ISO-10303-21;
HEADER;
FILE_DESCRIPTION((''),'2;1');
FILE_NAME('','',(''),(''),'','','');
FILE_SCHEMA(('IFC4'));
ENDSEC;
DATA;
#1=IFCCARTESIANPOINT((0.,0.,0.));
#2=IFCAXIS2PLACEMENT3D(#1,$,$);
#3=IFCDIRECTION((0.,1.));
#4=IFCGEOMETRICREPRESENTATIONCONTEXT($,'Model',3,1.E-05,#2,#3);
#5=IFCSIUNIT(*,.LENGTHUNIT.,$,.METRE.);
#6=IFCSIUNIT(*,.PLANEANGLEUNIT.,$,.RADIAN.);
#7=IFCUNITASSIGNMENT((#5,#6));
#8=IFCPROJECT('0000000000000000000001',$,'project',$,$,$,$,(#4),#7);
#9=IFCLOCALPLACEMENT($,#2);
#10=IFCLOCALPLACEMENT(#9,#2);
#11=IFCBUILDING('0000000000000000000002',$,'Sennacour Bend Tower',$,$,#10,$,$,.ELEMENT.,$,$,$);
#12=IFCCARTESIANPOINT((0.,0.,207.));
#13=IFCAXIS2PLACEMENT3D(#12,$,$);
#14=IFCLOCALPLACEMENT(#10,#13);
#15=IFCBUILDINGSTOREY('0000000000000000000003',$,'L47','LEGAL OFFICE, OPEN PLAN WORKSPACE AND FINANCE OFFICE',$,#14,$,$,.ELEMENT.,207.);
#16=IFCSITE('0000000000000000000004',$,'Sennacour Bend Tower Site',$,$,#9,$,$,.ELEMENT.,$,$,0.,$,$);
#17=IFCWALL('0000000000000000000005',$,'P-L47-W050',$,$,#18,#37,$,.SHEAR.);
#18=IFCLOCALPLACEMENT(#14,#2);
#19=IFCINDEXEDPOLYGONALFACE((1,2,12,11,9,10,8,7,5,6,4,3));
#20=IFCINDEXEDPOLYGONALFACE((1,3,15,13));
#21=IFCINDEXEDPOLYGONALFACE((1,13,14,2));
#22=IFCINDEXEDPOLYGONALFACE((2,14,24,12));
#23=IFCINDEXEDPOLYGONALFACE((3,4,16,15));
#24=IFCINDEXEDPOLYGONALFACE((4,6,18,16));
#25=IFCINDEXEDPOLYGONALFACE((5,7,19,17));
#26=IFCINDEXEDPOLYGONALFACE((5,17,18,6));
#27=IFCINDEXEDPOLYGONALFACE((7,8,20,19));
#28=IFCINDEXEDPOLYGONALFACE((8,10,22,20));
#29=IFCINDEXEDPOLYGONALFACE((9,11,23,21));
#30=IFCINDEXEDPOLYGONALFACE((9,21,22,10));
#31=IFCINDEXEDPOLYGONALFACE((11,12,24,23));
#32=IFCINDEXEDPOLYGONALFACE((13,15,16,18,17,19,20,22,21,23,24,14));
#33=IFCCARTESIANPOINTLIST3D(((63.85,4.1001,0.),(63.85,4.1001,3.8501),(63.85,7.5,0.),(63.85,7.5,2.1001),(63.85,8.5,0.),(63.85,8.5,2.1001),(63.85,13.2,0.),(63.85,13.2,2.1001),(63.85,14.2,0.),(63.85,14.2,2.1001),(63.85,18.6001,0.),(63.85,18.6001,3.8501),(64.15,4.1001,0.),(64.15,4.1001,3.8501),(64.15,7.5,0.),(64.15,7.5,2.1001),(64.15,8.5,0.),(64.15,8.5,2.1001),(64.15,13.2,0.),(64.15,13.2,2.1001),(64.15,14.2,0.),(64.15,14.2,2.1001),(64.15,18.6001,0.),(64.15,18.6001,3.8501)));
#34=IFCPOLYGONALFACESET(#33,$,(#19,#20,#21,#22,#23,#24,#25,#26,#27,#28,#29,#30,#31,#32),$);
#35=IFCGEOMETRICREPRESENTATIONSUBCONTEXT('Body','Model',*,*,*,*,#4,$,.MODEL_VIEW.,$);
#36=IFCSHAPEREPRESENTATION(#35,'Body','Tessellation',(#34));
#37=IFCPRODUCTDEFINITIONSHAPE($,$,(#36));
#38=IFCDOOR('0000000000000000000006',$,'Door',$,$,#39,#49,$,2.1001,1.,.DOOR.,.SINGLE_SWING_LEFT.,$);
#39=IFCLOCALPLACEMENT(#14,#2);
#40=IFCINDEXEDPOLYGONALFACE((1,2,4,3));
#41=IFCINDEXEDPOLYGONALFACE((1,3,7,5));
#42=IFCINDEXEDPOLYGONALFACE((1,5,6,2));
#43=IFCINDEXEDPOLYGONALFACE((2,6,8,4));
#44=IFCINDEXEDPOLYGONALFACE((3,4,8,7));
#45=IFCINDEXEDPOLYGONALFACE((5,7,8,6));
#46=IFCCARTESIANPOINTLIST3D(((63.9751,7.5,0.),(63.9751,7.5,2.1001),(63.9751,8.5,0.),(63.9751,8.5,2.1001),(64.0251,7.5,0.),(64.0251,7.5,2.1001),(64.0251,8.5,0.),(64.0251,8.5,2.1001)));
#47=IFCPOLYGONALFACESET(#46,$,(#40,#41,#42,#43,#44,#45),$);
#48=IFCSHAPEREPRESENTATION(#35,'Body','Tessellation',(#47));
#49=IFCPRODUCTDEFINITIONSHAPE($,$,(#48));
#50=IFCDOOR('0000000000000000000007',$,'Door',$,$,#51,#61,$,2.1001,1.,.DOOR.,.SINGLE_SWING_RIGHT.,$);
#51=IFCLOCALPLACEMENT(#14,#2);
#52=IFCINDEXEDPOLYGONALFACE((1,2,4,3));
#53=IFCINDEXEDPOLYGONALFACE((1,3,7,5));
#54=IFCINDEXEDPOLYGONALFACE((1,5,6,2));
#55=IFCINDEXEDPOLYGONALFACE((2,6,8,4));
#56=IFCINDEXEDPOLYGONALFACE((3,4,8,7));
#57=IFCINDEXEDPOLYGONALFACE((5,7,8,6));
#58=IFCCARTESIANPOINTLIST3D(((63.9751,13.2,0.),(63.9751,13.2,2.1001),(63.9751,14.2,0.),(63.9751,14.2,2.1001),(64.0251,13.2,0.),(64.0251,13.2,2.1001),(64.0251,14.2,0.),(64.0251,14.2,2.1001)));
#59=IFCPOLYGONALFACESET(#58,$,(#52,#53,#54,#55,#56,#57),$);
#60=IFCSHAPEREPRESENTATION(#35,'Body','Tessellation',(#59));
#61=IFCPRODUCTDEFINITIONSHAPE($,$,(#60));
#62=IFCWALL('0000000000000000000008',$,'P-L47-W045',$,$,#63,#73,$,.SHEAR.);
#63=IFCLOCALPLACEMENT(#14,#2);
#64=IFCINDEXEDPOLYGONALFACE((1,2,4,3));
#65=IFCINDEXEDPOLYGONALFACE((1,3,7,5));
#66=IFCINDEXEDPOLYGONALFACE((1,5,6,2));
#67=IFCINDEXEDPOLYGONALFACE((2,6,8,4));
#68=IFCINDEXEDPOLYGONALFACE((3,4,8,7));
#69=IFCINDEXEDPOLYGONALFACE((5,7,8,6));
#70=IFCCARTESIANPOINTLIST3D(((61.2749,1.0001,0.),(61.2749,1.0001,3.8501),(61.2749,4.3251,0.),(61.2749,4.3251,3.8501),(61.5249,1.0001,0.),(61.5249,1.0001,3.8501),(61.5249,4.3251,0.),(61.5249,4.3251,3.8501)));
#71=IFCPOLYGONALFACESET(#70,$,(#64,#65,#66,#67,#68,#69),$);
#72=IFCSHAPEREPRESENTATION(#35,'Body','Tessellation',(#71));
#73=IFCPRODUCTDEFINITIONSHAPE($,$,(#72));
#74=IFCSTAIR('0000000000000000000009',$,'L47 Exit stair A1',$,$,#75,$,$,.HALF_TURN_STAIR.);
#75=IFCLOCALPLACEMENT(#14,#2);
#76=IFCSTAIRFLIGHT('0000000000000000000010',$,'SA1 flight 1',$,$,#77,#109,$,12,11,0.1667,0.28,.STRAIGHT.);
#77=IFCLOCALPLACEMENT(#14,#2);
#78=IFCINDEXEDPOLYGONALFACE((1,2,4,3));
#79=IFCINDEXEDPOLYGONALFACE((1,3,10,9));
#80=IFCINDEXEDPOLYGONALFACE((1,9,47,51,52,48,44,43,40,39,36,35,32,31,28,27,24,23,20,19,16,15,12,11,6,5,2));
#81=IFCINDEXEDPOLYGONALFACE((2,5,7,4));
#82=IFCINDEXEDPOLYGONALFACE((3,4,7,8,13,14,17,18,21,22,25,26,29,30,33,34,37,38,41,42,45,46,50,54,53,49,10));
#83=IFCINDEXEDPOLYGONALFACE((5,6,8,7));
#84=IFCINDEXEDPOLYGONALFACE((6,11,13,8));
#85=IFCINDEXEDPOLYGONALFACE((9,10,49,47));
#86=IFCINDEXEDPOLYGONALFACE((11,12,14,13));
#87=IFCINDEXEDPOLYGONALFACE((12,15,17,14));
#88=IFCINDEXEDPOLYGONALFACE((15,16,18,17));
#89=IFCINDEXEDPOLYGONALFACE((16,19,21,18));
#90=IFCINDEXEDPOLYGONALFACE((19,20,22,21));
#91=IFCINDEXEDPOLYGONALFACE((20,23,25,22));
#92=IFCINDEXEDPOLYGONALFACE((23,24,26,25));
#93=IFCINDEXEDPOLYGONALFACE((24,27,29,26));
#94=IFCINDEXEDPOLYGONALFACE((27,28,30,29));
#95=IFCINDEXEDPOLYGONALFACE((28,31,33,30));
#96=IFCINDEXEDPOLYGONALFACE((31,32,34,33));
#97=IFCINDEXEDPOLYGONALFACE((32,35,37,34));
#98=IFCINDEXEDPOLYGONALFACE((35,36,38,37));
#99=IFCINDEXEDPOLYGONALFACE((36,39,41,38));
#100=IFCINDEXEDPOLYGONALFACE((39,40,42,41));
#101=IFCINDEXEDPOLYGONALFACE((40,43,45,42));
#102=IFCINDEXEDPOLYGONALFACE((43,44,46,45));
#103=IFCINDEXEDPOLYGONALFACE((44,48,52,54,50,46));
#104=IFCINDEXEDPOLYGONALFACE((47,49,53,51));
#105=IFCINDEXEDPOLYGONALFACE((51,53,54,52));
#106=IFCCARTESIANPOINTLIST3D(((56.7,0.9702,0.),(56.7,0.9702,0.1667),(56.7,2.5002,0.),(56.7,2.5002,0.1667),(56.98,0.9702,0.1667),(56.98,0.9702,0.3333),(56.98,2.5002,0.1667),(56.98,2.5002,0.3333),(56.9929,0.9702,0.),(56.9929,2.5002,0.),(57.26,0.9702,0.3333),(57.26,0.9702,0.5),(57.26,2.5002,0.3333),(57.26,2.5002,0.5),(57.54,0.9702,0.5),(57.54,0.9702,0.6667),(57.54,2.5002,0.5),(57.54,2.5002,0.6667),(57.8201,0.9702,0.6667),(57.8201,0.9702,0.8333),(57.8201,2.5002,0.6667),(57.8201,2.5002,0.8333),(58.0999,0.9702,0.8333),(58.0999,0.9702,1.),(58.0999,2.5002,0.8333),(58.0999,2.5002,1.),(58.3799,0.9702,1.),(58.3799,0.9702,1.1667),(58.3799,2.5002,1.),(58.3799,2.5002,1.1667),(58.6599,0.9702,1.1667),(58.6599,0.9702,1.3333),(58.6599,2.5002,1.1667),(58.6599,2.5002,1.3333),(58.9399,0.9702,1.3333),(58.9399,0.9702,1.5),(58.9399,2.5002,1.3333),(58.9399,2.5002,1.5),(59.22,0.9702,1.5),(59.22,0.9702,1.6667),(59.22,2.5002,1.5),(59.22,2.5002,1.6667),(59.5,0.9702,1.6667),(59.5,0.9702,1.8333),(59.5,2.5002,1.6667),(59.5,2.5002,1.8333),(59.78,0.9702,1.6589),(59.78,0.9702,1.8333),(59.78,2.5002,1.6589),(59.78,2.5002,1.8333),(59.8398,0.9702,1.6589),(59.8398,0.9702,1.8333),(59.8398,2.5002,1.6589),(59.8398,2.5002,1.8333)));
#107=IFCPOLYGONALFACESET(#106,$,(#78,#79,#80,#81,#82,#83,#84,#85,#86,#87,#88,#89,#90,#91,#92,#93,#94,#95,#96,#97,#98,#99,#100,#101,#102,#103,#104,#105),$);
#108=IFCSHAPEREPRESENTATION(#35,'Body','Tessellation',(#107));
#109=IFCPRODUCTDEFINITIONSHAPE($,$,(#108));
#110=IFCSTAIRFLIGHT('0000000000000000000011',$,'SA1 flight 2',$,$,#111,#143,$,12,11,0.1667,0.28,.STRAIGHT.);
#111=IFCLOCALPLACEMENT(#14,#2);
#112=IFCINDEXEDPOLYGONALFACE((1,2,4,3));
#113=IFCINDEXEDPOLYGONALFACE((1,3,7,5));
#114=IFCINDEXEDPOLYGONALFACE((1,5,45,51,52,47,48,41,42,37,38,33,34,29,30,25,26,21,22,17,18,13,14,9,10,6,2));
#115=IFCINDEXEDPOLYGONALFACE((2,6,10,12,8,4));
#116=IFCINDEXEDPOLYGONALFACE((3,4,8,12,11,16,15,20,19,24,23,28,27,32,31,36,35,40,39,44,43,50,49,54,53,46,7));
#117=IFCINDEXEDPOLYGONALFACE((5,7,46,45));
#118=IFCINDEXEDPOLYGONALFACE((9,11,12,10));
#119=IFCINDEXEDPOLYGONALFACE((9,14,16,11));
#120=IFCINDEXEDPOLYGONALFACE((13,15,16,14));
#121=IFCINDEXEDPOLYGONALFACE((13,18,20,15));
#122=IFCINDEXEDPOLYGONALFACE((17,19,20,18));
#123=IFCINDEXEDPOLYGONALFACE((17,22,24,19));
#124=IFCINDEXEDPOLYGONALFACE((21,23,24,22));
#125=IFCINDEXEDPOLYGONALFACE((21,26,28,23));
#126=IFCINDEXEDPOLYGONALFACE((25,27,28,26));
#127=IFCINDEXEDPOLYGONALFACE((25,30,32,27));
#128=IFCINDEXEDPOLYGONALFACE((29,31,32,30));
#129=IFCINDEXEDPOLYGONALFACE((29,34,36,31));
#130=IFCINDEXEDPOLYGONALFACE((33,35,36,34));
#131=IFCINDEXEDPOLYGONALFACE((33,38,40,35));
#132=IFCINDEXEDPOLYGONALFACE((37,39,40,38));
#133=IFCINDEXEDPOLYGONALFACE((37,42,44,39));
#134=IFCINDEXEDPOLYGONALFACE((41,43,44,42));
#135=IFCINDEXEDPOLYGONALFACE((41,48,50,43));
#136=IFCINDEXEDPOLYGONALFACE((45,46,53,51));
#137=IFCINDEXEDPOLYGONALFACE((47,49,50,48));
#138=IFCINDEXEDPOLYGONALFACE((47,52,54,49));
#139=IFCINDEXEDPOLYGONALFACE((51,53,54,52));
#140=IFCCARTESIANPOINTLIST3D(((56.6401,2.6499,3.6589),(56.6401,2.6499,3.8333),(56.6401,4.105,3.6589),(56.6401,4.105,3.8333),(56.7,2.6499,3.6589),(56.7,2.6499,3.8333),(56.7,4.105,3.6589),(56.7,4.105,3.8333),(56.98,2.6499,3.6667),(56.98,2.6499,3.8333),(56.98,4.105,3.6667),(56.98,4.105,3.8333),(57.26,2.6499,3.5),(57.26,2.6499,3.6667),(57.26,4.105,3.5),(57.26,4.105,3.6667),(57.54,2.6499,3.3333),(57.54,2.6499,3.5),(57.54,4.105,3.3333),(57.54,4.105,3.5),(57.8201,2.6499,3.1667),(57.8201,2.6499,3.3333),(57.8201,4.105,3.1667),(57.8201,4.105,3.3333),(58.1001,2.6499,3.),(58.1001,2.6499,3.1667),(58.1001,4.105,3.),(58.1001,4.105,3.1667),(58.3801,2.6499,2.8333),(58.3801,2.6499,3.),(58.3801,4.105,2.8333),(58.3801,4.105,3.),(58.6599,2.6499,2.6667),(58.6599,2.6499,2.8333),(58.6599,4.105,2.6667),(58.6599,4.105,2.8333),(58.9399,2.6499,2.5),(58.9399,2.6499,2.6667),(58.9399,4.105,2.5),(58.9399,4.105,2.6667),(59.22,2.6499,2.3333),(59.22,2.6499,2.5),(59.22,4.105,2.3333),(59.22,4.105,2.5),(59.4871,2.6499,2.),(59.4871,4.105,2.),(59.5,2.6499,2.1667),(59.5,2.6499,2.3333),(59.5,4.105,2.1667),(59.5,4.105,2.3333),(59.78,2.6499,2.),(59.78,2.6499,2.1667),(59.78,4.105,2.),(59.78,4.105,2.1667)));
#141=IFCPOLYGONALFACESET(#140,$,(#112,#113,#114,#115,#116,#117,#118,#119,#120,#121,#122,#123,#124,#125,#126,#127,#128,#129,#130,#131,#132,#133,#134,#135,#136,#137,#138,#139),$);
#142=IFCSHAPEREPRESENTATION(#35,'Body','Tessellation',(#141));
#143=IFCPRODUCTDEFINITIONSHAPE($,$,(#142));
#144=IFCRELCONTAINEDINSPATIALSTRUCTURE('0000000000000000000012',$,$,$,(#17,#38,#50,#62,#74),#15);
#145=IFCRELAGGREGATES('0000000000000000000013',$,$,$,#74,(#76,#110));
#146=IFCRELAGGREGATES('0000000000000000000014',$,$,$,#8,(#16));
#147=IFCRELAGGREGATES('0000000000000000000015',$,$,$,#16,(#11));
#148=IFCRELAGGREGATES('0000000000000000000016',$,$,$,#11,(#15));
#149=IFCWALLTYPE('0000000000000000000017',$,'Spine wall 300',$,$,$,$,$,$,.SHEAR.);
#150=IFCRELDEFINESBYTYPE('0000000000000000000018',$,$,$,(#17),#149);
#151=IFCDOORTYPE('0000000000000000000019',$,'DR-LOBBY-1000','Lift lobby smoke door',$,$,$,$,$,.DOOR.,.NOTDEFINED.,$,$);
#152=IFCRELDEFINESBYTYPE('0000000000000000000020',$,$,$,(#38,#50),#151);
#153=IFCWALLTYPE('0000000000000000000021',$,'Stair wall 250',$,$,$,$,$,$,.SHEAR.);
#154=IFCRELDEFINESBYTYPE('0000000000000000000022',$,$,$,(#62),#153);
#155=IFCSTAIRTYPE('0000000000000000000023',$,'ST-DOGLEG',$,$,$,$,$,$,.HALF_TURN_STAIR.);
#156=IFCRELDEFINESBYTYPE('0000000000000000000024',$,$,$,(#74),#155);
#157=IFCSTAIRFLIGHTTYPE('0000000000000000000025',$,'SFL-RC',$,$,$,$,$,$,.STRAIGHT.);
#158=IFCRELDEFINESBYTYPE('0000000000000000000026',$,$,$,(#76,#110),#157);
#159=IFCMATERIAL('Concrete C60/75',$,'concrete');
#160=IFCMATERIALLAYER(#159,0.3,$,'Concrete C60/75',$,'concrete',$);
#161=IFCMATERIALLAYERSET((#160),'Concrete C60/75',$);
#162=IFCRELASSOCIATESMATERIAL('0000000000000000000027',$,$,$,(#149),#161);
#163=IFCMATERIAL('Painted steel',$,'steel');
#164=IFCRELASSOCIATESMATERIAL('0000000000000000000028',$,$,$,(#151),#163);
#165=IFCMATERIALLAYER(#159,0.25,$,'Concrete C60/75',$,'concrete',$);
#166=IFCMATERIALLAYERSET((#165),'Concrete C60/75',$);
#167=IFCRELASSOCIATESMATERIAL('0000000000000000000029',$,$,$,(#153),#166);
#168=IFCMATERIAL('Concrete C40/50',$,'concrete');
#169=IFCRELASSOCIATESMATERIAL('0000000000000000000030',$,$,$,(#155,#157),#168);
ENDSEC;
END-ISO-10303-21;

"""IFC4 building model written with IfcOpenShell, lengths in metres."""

from ifc_helpers import new_model, si_unit, direction, frame, frame_2d, origin, place, context, subcontext, project, spatial, polyline, rectangle, outline, extrude, material, layer, layer_set, type_object, element, fill, aggregate, save


model = new_model("IFC4")

# Units and contexts
model_context = context("Model", 3, precision=1e-05, world=origin(), true_north=direction((0.0, 1.0)))
body_context = subcontext(model_context, "Body", "Model", "MODEL_VIEW")
ifc_project = project(units=[si_unit("LENGTHUNIT", "METRE"), si_unit("PLANEANGLEUNIT", "RADIAN")], contexts=[model_context])

# Site, building, storey
site_placement = place(None, origin())
site = spatial("IfcSite", under=ifc_project, at=site_placement, Name="Sennacour Bend Tower Site", CompositionType="ELEMENT", RefElevation=0.0)
building_placement = place(site_placement, origin())
building = spatial("IfcBuilding", under=site, at=building_placement, Name="Sennacour Bend Tower", CompositionType="ELEMENT")
storey_placement = place(building_placement, frame((0.0, 0.0, 207.0)))
storey = spatial("IfcBuildingStorey", under=building, at=storey_placement, Name="L47", Description="LEGAL OFFICE, OPEN PLAN WORKSPACE AND FINANCE OFFICE", CompositionType="ELEMENT", Elevation=207.0)

# Shared definitions
ifc_material_1 = material(Name="Concrete C60/75", Category="concrete")

# Shared definitions
ifc_material_2 = material(Name="Painted steel", Category="steel")

# Wall, openings, doors
ifc_layer_1 = layer(ifc_material_1, 0.3, Name="Concrete C60/75", Category="concrete")
ifc_layer_set_1 = layer_set([ifc_layer_1], Name="Concrete C60/75")
wall_type_1 = type_object("IfcWallType", Name="Spine wall 300", PredefinedType="SHEAR", material=ifc_layer_set_1)
wall_1_placement = place(storey_placement, frame((64.0, 4.1001, 0.0), z_axis=(0.0, 0.0, 1.0), x_axis=(0.0, 1.0, 0.0)))
wall_1 = element("IfcWall", 1, at=wall_1_placement, inside=storey, type_object=wall_type_1, Name="P-L47-W050", PredefinedType="SHEAR", context=body_context, shape_type="SweptSolid", body=[
    extrude(rectangle(XDim=14.5, YDim=0.3, at=frame_2d((7.25, 0.0))), origin(), (0.0, 0.0, 1.0), 3.8501),
])
opening_1_placement = place(wall_1_placement, frame((3.3999, 0.0, 0.0)))
opening_1 = element("IfcOpeningElement", 2, at=opening_1_placement, cuts=wall_1, PredefinedType="OPENING", context=body_context, shape_type="SweptSolid", body=[
    extrude(rectangle(XDim=1.0, YDim=2.1001, at=frame_2d((0.5, 1.05))), frame((0.0, 0.1602, 0.0), z_axis=(0.0, -1.0, 0.0), x_axis=(1.0, 0.0, 0.0)), (0.0, 0.0, 1.0), 0.3201),
])
opening_2_placement = place(wall_1_placement, frame((9.0999, 0.0, 0.0)))
opening_2 = element("IfcOpeningElement", 3, at=opening_2_placement, cuts=wall_1, PredefinedType="OPENING", context=body_context, shape_type="SweptSolid", body=[
    extrude(rectangle(XDim=1.0, YDim=2.1001, at=frame_2d((0.5, 1.05))), frame((0.0, 0.1602, 0.0), z_axis=(0.0, -1.0, 0.0), x_axis=(1.0, 0.0, 0.0)), (0.0, 0.0, 1.0), 0.3201),
])
door_type_1 = type_object("IfcDoorType", Name="DR-LOBBY-1000", Description="Lift lobby smoke door", OperationType="NOTDEFINED", PredefinedType="DOOR", material=ifc_material_2)
door_1_placement = place(opening_1_placement, origin())
door_1 = element("IfcDoor", 4, at=door_1_placement, inside=storey, type_object=door_type_1, Name="Door", OperationType="SINGLE_SWING_LEFT", OverallHeight=2.1001, OverallWidth=1.0, PredefinedType="DOOR", context=body_context, shape_type="SweptSolid", body=[
    extrude(rectangle(XDim=1.0, YDim=2.1001, at=frame_2d((0.5, 1.05))), frame((0.0, 0.0249, 0.0), z_axis=(0.0, -1.0, 0.0), x_axis=(1.0, 0.0, 0.0)), (0.0, 0.0, 1.0), 0.05),
])
fill(opening_1, door_1)
door_2_placement = place(opening_2_placement, origin())
door_2 = element("IfcDoor", 5, at=door_2_placement, inside=storey, type_object=door_type_1, Name="Door", OperationType="SINGLE_SWING_RIGHT", OverallHeight=2.1001, OverallWidth=1.0, PredefinedType="DOOR", context=body_context, shape_type="SweptSolid", body=[
    extrude(rectangle(XDim=1.0, YDim=2.1001, at=frame_2d((0.5, 1.05))), frame((0.0, 0.0249, 0.0), z_axis=(0.0, -1.0, 0.0), x_axis=(1.0, 0.0, 0.0)), (0.0, 0.0, 1.0), 0.05),
])
fill(opening_2, door_2)

# Wall
ifc_layer_2 = layer(ifc_material_1, 0.25, Name="Concrete C60/75", Category="concrete")
ifc_layer_set_2 = layer_set([ifc_layer_2], Name="Concrete C60/75")
wall_type_2 = type_object("IfcWallType", Name="Stair wall 250", PredefinedType="SHEAR", material=ifc_layer_set_2)
wall_2_placement = place(storey_placement, frame((61.3999, 1.0, 0.0), z_axis=(0.0, 0.0, 1.0), x_axis=(0.0, 1.0, 0.0)))
element("IfcWall", 6, at=wall_2_placement, inside=storey, type_object=wall_type_2, Name="P-L47-W045", PredefinedType="SHEAR", context=body_context, shape_type="SweptSolid", body=[
    extrude(rectangle(XDim=3.325, YDim=0.25, at=frame_2d((1.6626, 0.0))), origin(), (0.0, 0.0, 1.0), 3.8501),
])

# Stair, stair flights
ifc_material_3 = material(Name="Concrete C40/50", Category="concrete")
stair_type = type_object("IfcStairType", Name="ST-DOGLEG", PredefinedType="HALF_TURN_STAIR", material=ifc_material_3)
stair_placement = place(storey_placement, origin())
stair = element("IfcStair", 7, at=stair_placement, inside=storey, type_object=stair_type, Name="L47 Exit stair A1", PredefinedType="HALF_TURN_STAIR")
stair_flight_type = type_object("IfcStairFlightType", Name="SFL-RC", PredefinedType="STRAIGHT", material=ifc_material_3)
stair_flight_1_placement = place(storey_placement, frame((56.7, 1.7351, 0.0), z_axis=(0.0, 0.0, 1.0), x_axis=(1.0, 0.0, 0.0)))
stair_flight_1 = element("IfcStairFlight", 8, at=stair_flight_1_placement, type_object=stair_flight_type, Name="SA1 flight 1", NumberOfRisers=12, NumberOfTreads=11, PredefinedType="STRAIGHT", RiserHeight=0.1667, TreadLength=0.28, context=body_context, shape_type="SweptSolid", body=[
    extrude(outline(polyline([(0.0, 0.0), (0.0, 0.1667), (0.28, 0.1667), (0.28, 0.3333), (0.5601, 0.3333), (0.5601, 0.5), (0.8401, 0.5), (0.8401, 0.6667), (1.1201, 0.6667), (1.1201, 0.8333), (1.3999, 0.8333), (1.3999, 1.0), (1.6799, 1.0), (1.6799, 1.1667), (1.96, 1.1667), (1.96, 1.3333), (2.24, 1.3333), (2.24, 1.5), (2.52, 1.5), (2.52, 1.6667), (2.8, 1.6667), (2.8, 1.8333), (3.0801, 1.8333), (3.1399, 1.8333), (3.1399, 1.6589), (3.0801, 1.6589), (0.293, 0.0), (0.0, 0.0)])), frame((0.0, 0.7651, 0.0), z_axis=(0.0, -1.0, 0.0), x_axis=(1.0, 0.0, 0.0)), (0.0, 0.0, 1.0), 1.53),
])
stair_flight_2_placement = place(storey_placement, frame((59.78, 3.3774, 2.0), z_axis=(0.0, 0.0, 1.0), x_axis=(-1.0, 0.0, 0.0)))
stair_flight_2 = element("IfcStairFlight", 9, at=stair_flight_2_placement, type_object=stair_flight_type, Name="SA1 flight 2", NumberOfRisers=12, NumberOfTreads=11, PredefinedType="STRAIGHT", RiserHeight=0.1667, TreadLength=0.28, context=body_context, shape_type="SweptSolid", body=[
    extrude(outline(polyline([(0.0, 0.0), (0.0, 0.1667), (0.28, 0.1667), (0.28, 0.3333), (0.5601, 0.3333), (0.5601, 0.5), (0.8401, 0.5), (0.8401, 0.6667), (1.1201, 0.6667), (1.1201, 0.8333), (1.3999, 0.8333), (1.3999, 1.0), (1.6799, 1.0), (1.6799, 1.1667), (1.96, 1.1667), (1.96, 1.3333), (2.24, 1.3333), (2.24, 1.5), (2.52, 1.5), (2.52, 1.6667), (2.8, 1.6667), (2.8, 1.8333), (3.0801, 1.8333), (3.1399, 1.8333), (3.1399, 1.6589), (3.0801, 1.6589), (0.293, 0.0), (0.0, 0.0)])), frame((0.0, 0.7275, 0.0), z_axis=(0.0, -1.0, 0.0), x_axis=(1.0, 0.0, 0.0)), (0.0, 0.0, 1.0), 1.4551),
])
aggregate(stair, [stair_flight_1, stair_flight_2])

save(model, "model.ifc")
